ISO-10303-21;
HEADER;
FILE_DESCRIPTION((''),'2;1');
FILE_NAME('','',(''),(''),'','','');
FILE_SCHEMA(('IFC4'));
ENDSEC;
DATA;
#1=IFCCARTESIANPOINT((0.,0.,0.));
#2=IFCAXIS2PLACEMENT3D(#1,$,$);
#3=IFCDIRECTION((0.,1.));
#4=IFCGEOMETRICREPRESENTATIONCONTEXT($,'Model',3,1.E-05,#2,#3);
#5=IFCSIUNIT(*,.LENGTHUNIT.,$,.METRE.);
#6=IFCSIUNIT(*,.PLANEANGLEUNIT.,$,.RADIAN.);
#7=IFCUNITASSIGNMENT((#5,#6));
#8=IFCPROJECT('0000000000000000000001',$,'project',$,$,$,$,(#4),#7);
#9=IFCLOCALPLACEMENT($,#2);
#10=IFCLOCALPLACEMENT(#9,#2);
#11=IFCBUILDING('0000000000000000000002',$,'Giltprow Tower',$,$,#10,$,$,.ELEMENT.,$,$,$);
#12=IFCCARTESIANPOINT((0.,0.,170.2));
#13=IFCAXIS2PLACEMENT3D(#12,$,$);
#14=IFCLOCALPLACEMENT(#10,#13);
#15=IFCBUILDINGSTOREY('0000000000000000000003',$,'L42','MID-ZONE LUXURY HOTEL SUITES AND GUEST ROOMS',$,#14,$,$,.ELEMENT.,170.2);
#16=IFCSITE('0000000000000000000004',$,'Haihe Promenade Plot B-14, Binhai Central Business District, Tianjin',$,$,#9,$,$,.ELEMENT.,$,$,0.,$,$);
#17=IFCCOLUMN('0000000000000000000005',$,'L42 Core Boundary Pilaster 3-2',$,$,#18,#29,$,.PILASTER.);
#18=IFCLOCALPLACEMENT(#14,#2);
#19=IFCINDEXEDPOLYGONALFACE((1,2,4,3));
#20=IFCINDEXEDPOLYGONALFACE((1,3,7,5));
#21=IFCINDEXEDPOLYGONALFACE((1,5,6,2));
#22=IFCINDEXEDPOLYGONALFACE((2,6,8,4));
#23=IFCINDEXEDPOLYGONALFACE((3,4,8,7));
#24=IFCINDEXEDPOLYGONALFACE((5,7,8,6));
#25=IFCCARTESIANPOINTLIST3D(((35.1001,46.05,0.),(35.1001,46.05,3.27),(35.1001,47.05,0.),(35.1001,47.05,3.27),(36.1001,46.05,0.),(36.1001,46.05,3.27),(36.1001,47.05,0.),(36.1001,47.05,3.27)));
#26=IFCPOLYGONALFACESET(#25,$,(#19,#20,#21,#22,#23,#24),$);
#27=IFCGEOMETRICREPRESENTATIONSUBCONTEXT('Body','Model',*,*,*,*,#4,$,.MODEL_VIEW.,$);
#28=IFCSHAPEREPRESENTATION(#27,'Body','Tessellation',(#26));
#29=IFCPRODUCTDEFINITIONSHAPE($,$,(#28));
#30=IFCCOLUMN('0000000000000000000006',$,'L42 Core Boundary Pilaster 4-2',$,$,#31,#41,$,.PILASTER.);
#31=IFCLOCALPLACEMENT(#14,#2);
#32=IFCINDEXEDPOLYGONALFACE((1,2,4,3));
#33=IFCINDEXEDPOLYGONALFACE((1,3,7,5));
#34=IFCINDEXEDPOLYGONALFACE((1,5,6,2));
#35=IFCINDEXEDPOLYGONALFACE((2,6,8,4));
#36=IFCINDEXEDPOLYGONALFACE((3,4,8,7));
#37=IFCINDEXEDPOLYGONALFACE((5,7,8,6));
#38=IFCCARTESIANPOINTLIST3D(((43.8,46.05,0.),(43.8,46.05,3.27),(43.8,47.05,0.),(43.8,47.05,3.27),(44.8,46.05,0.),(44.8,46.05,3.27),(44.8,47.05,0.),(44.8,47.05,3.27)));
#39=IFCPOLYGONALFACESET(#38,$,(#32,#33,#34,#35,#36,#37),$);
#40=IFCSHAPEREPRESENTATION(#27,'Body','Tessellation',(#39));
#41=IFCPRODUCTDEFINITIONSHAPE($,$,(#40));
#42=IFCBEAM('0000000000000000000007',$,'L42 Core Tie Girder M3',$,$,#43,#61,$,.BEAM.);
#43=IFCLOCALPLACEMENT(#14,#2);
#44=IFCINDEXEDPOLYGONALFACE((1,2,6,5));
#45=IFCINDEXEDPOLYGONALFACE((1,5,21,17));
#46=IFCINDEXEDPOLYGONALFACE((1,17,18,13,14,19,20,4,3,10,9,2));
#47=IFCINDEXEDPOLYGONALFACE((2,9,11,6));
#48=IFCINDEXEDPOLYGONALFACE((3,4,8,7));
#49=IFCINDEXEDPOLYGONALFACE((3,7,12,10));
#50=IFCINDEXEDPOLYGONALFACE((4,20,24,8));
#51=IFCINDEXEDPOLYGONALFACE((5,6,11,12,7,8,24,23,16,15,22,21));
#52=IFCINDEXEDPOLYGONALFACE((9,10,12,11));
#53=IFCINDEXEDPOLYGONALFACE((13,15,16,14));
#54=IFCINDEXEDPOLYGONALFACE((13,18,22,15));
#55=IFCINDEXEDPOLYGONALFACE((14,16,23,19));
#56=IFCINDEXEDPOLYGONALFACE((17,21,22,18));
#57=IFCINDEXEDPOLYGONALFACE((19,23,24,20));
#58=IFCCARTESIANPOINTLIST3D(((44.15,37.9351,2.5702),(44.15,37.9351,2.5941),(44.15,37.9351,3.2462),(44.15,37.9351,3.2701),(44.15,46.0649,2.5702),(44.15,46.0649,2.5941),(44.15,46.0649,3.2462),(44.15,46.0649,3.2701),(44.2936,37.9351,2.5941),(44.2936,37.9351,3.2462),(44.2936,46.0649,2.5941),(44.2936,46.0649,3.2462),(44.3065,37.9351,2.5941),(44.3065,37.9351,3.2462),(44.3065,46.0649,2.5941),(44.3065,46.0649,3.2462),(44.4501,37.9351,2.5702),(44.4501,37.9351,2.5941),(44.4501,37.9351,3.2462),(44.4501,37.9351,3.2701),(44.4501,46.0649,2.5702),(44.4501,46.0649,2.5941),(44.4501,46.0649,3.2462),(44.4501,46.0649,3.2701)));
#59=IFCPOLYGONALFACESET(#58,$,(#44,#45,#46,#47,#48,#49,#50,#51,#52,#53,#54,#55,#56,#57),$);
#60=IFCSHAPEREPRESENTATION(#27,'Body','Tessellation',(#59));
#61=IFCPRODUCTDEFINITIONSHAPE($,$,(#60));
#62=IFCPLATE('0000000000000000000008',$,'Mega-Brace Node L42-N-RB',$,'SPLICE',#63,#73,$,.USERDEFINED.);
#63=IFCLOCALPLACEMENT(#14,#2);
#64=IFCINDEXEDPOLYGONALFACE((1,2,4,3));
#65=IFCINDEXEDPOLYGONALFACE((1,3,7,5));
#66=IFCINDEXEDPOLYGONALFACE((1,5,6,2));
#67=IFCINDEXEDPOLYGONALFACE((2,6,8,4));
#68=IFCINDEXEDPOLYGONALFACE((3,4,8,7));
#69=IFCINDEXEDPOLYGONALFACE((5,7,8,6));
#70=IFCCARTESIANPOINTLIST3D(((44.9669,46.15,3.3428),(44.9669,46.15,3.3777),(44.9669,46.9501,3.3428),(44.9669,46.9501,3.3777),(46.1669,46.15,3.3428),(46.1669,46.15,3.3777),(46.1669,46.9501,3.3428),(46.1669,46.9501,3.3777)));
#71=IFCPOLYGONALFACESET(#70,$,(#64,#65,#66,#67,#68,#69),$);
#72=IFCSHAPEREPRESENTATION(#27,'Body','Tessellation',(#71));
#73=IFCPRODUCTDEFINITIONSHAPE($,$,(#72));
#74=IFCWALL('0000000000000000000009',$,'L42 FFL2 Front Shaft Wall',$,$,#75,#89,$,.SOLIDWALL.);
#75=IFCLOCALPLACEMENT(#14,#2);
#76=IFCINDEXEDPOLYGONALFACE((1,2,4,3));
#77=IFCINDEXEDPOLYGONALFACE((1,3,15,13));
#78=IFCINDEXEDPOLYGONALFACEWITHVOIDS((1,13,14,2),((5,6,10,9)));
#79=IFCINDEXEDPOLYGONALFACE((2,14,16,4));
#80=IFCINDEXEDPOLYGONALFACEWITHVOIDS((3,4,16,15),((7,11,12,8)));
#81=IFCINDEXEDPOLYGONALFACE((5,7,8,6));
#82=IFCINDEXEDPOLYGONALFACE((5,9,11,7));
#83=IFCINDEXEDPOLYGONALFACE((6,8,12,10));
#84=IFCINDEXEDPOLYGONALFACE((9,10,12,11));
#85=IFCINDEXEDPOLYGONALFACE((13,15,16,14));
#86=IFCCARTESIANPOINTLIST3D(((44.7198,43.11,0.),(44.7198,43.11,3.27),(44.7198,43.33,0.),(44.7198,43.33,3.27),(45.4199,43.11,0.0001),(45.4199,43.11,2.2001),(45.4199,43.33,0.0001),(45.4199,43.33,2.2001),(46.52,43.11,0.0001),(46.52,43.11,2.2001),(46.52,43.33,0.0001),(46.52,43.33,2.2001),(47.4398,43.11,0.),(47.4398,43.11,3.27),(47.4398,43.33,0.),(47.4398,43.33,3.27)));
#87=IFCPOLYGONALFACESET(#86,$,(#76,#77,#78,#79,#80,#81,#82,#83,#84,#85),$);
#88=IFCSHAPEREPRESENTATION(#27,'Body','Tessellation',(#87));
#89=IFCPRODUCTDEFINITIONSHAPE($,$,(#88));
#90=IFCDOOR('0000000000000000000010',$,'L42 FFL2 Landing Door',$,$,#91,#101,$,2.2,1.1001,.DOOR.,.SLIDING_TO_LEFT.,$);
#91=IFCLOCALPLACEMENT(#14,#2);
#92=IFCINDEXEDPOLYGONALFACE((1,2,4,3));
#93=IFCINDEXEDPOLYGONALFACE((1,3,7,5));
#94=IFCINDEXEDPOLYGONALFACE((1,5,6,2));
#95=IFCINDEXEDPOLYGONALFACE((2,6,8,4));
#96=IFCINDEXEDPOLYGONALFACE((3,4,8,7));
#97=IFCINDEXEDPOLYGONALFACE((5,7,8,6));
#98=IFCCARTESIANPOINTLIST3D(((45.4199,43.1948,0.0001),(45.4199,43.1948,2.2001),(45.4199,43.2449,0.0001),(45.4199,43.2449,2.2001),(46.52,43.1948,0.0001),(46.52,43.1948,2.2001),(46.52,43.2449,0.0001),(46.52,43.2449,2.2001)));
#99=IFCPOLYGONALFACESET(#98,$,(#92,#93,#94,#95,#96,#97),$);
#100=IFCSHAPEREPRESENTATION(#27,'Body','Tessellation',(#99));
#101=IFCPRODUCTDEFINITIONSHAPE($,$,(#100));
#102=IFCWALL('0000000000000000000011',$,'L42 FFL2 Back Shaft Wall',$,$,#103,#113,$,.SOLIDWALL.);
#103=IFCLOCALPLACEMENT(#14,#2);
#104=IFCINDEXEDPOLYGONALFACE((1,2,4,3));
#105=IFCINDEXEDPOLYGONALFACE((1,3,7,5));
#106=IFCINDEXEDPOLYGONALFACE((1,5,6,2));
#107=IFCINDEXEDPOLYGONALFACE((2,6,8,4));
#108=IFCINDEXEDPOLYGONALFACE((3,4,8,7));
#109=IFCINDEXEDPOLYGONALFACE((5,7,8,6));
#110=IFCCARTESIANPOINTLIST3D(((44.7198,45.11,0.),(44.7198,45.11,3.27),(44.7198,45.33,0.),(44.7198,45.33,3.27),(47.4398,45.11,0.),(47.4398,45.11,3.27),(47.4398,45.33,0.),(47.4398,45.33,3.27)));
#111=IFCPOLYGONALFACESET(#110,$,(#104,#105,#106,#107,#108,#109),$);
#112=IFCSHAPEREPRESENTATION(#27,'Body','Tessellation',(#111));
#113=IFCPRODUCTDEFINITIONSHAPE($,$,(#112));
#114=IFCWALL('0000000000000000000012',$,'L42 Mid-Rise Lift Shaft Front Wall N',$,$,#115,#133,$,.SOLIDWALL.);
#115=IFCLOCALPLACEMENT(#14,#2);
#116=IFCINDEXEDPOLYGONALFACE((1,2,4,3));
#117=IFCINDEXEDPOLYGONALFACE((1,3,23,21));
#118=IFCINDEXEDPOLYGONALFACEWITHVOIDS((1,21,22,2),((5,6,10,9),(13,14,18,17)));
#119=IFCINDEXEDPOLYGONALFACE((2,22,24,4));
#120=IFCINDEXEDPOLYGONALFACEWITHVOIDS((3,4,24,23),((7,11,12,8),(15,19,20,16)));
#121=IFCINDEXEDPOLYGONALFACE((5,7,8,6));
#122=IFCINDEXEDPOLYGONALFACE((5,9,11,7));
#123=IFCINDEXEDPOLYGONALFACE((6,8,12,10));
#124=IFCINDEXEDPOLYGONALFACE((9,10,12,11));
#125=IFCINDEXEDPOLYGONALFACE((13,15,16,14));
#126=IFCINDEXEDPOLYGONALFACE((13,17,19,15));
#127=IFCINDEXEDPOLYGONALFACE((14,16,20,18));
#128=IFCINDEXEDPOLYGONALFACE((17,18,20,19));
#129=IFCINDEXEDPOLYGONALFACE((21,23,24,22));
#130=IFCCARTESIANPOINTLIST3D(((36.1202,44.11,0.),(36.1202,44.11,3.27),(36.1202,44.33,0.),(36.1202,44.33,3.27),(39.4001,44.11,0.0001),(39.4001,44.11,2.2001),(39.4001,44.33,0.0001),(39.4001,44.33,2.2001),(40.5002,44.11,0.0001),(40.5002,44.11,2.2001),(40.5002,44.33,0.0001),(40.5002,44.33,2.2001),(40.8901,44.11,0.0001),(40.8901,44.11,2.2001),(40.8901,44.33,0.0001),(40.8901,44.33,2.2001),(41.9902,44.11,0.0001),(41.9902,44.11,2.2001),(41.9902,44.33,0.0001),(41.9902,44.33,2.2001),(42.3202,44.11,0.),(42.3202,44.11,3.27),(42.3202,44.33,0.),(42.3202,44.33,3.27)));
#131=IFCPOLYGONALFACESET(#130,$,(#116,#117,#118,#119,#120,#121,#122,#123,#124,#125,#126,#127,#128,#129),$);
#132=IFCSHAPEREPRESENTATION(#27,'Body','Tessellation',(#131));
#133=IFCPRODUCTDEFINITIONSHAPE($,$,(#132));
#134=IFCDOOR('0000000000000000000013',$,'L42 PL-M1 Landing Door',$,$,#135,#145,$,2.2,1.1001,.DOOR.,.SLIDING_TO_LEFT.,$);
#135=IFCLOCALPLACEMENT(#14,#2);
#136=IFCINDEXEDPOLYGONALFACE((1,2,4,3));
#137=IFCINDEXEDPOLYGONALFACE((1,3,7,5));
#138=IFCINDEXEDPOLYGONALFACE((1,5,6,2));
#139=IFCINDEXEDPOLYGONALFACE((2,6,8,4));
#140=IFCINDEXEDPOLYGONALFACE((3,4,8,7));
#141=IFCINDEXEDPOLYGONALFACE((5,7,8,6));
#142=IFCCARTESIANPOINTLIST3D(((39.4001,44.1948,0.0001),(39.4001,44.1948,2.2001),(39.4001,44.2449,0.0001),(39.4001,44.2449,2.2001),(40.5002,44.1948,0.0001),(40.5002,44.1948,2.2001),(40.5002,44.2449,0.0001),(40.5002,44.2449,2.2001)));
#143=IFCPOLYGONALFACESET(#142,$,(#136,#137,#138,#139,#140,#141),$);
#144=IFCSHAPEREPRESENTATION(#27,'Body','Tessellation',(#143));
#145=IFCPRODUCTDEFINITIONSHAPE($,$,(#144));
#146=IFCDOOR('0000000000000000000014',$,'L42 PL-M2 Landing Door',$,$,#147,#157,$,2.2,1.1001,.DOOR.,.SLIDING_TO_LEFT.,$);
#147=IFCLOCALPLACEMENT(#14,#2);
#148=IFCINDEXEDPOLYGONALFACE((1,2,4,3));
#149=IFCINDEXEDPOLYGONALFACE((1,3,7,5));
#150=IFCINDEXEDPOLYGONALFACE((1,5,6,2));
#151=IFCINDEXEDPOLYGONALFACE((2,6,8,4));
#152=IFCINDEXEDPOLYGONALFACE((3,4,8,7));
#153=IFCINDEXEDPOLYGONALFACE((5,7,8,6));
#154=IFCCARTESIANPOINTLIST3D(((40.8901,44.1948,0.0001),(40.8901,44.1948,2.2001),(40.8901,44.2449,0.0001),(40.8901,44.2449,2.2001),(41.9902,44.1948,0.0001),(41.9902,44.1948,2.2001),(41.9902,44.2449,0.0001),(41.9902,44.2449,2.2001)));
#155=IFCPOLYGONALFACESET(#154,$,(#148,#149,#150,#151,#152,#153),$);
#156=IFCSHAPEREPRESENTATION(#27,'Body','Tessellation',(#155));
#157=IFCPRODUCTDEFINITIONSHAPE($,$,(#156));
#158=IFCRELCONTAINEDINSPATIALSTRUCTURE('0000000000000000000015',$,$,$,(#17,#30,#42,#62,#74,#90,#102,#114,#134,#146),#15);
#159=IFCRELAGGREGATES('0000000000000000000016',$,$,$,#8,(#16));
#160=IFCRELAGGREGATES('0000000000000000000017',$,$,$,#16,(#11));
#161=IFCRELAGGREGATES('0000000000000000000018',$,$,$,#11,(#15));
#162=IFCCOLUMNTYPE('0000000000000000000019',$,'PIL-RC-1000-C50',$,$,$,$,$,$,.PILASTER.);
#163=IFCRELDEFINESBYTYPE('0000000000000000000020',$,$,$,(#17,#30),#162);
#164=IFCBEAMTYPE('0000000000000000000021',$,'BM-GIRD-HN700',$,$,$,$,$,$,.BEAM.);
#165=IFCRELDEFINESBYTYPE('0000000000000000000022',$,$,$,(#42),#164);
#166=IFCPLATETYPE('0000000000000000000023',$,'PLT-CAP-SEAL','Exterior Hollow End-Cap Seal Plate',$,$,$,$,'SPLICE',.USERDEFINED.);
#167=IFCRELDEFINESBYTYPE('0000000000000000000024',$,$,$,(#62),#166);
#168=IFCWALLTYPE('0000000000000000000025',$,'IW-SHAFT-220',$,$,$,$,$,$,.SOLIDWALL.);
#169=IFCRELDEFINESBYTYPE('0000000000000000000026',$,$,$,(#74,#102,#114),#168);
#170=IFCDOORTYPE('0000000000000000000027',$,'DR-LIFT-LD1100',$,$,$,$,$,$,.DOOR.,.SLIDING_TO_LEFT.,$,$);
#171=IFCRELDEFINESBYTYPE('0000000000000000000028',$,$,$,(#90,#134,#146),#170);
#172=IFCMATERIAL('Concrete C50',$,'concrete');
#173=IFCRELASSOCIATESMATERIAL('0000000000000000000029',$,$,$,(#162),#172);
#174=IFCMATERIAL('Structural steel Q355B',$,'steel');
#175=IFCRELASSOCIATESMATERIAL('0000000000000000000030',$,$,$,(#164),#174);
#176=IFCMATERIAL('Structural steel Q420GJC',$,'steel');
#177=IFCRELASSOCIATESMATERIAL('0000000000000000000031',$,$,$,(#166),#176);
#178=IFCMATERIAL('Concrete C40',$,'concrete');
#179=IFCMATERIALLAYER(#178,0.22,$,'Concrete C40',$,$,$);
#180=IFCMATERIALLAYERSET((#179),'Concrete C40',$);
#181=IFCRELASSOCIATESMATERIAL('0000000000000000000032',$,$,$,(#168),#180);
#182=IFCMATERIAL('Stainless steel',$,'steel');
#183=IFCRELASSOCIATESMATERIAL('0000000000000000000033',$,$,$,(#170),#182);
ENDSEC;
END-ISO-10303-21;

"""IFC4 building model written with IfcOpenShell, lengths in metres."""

from ifc_helpers import new_model, si_unit, direction, frame, frame_2d, origin, origin_2d, place, context, subcontext, project, spatial, rectangle, i_section, extrude, source, transform, mapped, material, layer, layer_set, material_profile, profile_set, type_object, element, fill, save


model = new_model("IFC4")

# Units and contexts
model_context = context("Model", 3, precision=1e-05, world=origin(), true_north=direction((0.0, 1.0)))
body_context = subcontext(model_context, "Body", "Model", "MODEL_VIEW")
ifc_project = project(units=[si_unit("LENGTHUNIT", "METRE"), si_unit("PLANEANGLEUNIT", "RADIAN")], contexts=[model_context])

# Site, building, storey
site_placement = place(None, origin())
site = spatial("IfcSite", under=ifc_project, at=site_placement, Name="Haihe Promenade Plot B-14, Binhai Central Business District, Tianjin", CompositionType="ELEMENT", RefElevation=0.0)
building_placement = place(site_placement, origin())
building = spatial("IfcBuilding", under=site, at=building_placement, Name="Giltprow Tower", CompositionType="ELEMENT")
storey_placement = place(building_placement, frame((0.0, 0.0, 170.2)))
storey = spatial("IfcBuildingStorey", under=building, at=storey_placement, Name="L42", Description="MID-ZONE LUXURY HOTEL SUITES AND GUEST ROOMS", CompositionType="ELEMENT", Elevation=170.2)

# Columns
ifc_material_1 = material(Name="Concrete C50", Category="concrete")
ifc_material_profile_1 = material_profile(ifc_material_1, rectangle(XDim=1.0, YDim=1.0, at=origin_2d()), Name="RC 1000x1000")
ifc_profile_set_1 = profile_set([ifc_material_profile_1], Name="Concrete C50")
column_type = type_object("IfcColumnType", Name="PIL-RC-1000-C50", PredefinedType="PILASTER", material=ifc_profile_set_1)
shared_shape_1 = source(origin(), body_context, "Body", "SweptSolid", [
    extrude(rectangle(XDim=1.0, YDim=1.0, at=origin_2d()), origin(), (0.0, 0.0, 1.0), 3.27),
])
for number, where, z_axis, x_axis, name in (
    (1, (35.6001, 46.55, 0.0), (0.0, 0.0, 1.0), (1.0, 0.0, 0.0), "L42 Core Boundary Pilaster 3-2"),
    (2, (44.3, 46.55, 0.0), (0.0, 0.0, 1.0), (1.0, 0.0, 0.0), "L42 Core Boundary Pilaster 4-2"),
):
    element("IfcColumn", number, at=place(storey_placement, frame(where, z_axis=z_axis, x_axis=x_axis)), inside=storey, type_object=column_type, Name=name, PredefinedType="PILASTER", context=body_context, shape_type="MappedRepresentation", body=[
        mapped(shared_shape_1, transform((0.0, 0.0, 0.0), x_axis=(1.0, 0.0, 0.0), y_axis=(0.0, 1.0, 0.0), z_axis=(0.0, 0.0, 1.0), scale=1.0)),
    ])

# Beam
ifc_material_2 = material(Name="Structural steel Q355B", Category="steel")
ifc_material_profile_2 = material_profile(ifc_material_2, i_section(OverallWidth=0.3, OverallDepth=0.7, WebThickness=0.0129, FlangeThickness=0.0239, at=origin_2d()), Name="HN 700x300x13x24")
ifc_profile_set_2 = profile_set([ifc_material_profile_2], Name="Structural steel Q355B")
beam_type = type_object("IfcBeamType", Name="BM-GIRD-HN700", PredefinedType="BEAM", material=ifc_profile_set_2)
shared_shape_2 = source(origin(), body_context, "Body", "SweptSolid", [
    extrude(i_section(OverallWidth=0.3, OverallDepth=0.7, WebThickness=0.0129, FlangeThickness=0.0239, at=origin_2d()), origin(), (0.0, 0.0, 1.0), 8.1299),
])
beam_placement = place(storey_placement, frame((44.3, 37.9351, 2.9202), z_axis=(0.0, 1.0, 0.0), x_axis=(-1.0, 0.0, 0.0)))
element("IfcBeam", 3, at=beam_placement, inside=storey, type_object=beam_type, Name="L42 Core Tie Girder M3", PredefinedType="BEAM", context=body_context, shape_type="MappedRepresentation", body=[
    mapped(shared_shape_2, transform((0.0, 0.0, 0.0), x_axis=(1.0, 0.0, 0.0), y_axis=(0.0, 1.0, 0.0), z_axis=(0.0, 0.0, 1.0), scale=1.0)),
])

# Plate
ifc_material_3 = material(Name="Structural steel Q420GJC", Category="steel")
plate_type = type_object("IfcPlateType", Name="PLT-CAP-SEAL", Description="Exterior Hollow End-Cap Seal Plate", ElementType="SPLICE", PredefinedType="USERDEFINED", material=ifc_material_3)
shared_shape_3 = source(origin(), body_context, "Body", "SweptSolid", [
    extrude(rectangle(XDim=1.2, YDim=0.8, at=origin_2d()), origin(), (0.0, 0.0, 1.0), 0.0349),
])
plate_placement = place(storey_placement, frame((45.5669, 46.55, 3.3428), z_axis=(0.0, 0.0, 1.0), x_axis=(1.0, 0.0, 0.0)))
element("IfcPlate", 4, at=plate_placement, inside=storey, type_object=plate_type, Name="Mega-Brace Node L42-N-RB", ObjectType="SPLICE", PredefinedType="USERDEFINED", context=body_context, shape_type="MappedRepresentation", body=[
    mapped(shared_shape_3, transform((0.0, 0.0, 0.0), x_axis=(1.0, 0.0, 0.0), y_axis=(0.0, 1.0, 0.0), z_axis=(0.0, 0.0, 1.0), scale=1.0)),
])

# Wall, opening, door
ifc_material_4 = material(Name="Concrete C40", Category="concrete")
ifc_layer_1 = layer(ifc_material_4, 0.22, Name="Concrete C40")
ifc_layer_set_1 = layer_set([ifc_layer_1], Name="Concrete C40")
wall_type_1 = type_object("IfcWallType", Name="IW-SHAFT-220", PredefinedType="SOLIDWALL", material=ifc_layer_set_1)
wall_1_placement = place(storey_placement, frame((44.72, 43.22, 0.0), z_axis=(0.0, 0.0, 1.0), x_axis=(1.0, 0.0, 0.0)))
wall_1 = element("IfcWall", 5, at=wall_1_placement, inside=storey, type_object=wall_type_1, Name="L42 FFL2 Front Shaft Wall", PredefinedType="SOLIDWALL", context=body_context, shape_type="SweptSolid", body=[
    extrude(rectangle(XDim=2.72, YDim=0.22, at=frame_2d((1.3599, 0.0))), origin(), (0.0, 0.0, 1.0), 3.27),
])
opening_1_placement = place(wall_1_placement, frame((0.7, 0.0, 0.0)))
opening_1 = element("IfcOpeningElement", 6, at=opening_1_placement, cuts=wall_1, PredefinedType="OPENING", context=body_context, shape_type="SweptSolid", body=[
    extrude(rectangle(XDim=1.1001, YDim=2.2, at=frame_2d((0.55, 1.1001))), frame((0.0, 0.1199, 0.0), z_axis=(0.0, -1.0, 0.0), x_axis=(1.0, 0.0, 0.0)), (0.0, 0.0, 1.0), 0.24),
])
ifc_material_5 = material(Name="Stainless steel", Category="steel")
door_type_1 = type_object("IfcDoorType", Name="DR-LIFT-LD1100", OperationType="SLIDING_TO_LEFT", PredefinedType="DOOR", material=ifc_material_5)
shared_shape_4 = source(origin(), body_context, "Body", "SweptSolid", [
    extrude(rectangle(XDim=1.1001, YDim=2.2, at=frame_2d((0.55, 1.1001))), frame((0.0, 0.0249, 0.0), z_axis=(0.0, -1.0, 0.0), x_axis=(1.0, 0.0, 0.0)), (0.0, 0.0, 1.0), 0.05),
])
door_1_placement = place(opening_1_placement, origin())
door_1 = element("IfcDoor", 7, at=door_1_placement, inside=storey, type_object=door_type_1, Name="L42 FFL2 Landing Door", OperationType="SLIDING_TO_LEFT", OverallHeight=2.2, OverallWidth=1.1001, PredefinedType="DOOR", context=body_context, shape_type="MappedRepresentation", body=[
    mapped(shared_shape_4, transform((0.0, 0.0, 0.0), x_axis=(1.0, 0.0, 0.0), y_axis=(0.0, 1.0, 0.0), z_axis=(0.0, 0.0, 1.0), scale=1.0)),
])
fill(opening_1, door_1)

# Wall
wall_2_placement = place(storey_placement, frame((44.72, 45.22, 0.0), z_axis=(0.0, 0.0, 1.0), x_axis=(1.0, 0.0, 0.0)))
element("IfcWall", 8, at=wall_2_placement, inside=storey, type_object=wall_type_1, Name="L42 FFL2 Back Shaft Wall", PredefinedType="SOLIDWALL", context=body_context, shape_type="SweptSolid", body=[
    extrude(rectangle(XDim=2.72, YDim=0.22, at=frame_2d((1.3599, 0.0))), origin(), (0.0, 0.0, 1.0), 3.27),
])

# Wall, openings, doors
wall_3_placement = place(storey_placement, frame((36.1201, 44.22, 0.0), z_axis=(0.0, 0.0, 1.0), x_axis=(1.0, 0.0, 0.0)))
wall_3 = element("IfcWall", 9, at=wall_3_placement, inside=storey, type_object=wall_type_1, Name="L42 Mid-Rise Lift Shaft Front Wall N", PredefinedType="SOLIDWALL", context=body_context, shape_type="SweptSolid", body=[
    extrude(rectangle(XDim=6.2, YDim=0.22, at=frame_2d((3.1001, 0.0))), origin(), (0.0, 0.0, 1.0), 3.27),
])
opening_2_placement = place(wall_3_placement, frame((3.28, 0.0, 0.0)))
opening_2 = element("IfcOpeningElement", 10, at=opening_2_placement, cuts=wall_3, PredefinedType="OPENING", context=body_context, shape_type="SweptSolid", body=[
    extrude(rectangle(XDim=1.1001, YDim=2.2, at=frame_2d((0.55, 1.1001))), frame((0.0, 0.1199, 0.0), z_axis=(0.0, -1.0, 0.0), x_axis=(1.0, 0.0, 0.0)), (0.0, 0.0, 1.0), 0.24),
])
opening_3_placement = place(wall_3_placement, frame((4.77, 0.0, 0.0)))
opening_3 = element("IfcOpeningElement", 11, at=opening_3_placement, cuts=wall_3, PredefinedType="OPENING", context=body_context, shape_type="SweptSolid", body=[
    extrude(rectangle(XDim=1.1001, YDim=2.2, at=frame_2d((0.55, 1.1001))), frame((0.0, 0.1199, 0.0), z_axis=(0.0, -1.0, 0.0), x_axis=(1.0, 0.0, 0.0)), (0.0, 0.0, 1.0), 0.24),
])
door_2_placement = place(opening_2_placement, origin())
door_2 = element("IfcDoor", 12, at=door_2_placement, inside=storey, type_object=door_type_1, Name="L42 PL-M1 Landing Door", OperationType="SLIDING_TO_LEFT", OverallHeight=2.2, OverallWidth=1.1001, PredefinedType="DOOR", context=body_context, shape_type="MappedRepresentation", body=[
    mapped(shared_shape_4, transform((0.0, 0.0, 0.0), x_axis=(1.0, 0.0, 0.0), y_axis=(0.0, 1.0, 0.0), z_axis=(0.0, 0.0, 1.0), scale=1.0)),
])
fill(opening_2, door_2)
door_3_placement = place(opening_3_placement, origin())
door_3 = element("IfcDoor", 13, at=door_3_placement, inside=storey, type_object=door_type_1, Name="L42 PL-M2 Landing Door", OperationType="SLIDING_TO_LEFT", OverallHeight=2.2, OverallWidth=1.1001, PredefinedType="DOOR", context=body_context, shape_type="MappedRepresentation", body=[
    mapped(shared_shape_4, transform((0.0, 0.0, 0.0), x_axis=(1.0, 0.0, 0.0), y_axis=(0.0, 1.0, 0.0), z_axis=(0.0, 0.0, 1.0), scale=1.0)),
])
fill(opening_3, door_3)

save(model, "model.ifc")
